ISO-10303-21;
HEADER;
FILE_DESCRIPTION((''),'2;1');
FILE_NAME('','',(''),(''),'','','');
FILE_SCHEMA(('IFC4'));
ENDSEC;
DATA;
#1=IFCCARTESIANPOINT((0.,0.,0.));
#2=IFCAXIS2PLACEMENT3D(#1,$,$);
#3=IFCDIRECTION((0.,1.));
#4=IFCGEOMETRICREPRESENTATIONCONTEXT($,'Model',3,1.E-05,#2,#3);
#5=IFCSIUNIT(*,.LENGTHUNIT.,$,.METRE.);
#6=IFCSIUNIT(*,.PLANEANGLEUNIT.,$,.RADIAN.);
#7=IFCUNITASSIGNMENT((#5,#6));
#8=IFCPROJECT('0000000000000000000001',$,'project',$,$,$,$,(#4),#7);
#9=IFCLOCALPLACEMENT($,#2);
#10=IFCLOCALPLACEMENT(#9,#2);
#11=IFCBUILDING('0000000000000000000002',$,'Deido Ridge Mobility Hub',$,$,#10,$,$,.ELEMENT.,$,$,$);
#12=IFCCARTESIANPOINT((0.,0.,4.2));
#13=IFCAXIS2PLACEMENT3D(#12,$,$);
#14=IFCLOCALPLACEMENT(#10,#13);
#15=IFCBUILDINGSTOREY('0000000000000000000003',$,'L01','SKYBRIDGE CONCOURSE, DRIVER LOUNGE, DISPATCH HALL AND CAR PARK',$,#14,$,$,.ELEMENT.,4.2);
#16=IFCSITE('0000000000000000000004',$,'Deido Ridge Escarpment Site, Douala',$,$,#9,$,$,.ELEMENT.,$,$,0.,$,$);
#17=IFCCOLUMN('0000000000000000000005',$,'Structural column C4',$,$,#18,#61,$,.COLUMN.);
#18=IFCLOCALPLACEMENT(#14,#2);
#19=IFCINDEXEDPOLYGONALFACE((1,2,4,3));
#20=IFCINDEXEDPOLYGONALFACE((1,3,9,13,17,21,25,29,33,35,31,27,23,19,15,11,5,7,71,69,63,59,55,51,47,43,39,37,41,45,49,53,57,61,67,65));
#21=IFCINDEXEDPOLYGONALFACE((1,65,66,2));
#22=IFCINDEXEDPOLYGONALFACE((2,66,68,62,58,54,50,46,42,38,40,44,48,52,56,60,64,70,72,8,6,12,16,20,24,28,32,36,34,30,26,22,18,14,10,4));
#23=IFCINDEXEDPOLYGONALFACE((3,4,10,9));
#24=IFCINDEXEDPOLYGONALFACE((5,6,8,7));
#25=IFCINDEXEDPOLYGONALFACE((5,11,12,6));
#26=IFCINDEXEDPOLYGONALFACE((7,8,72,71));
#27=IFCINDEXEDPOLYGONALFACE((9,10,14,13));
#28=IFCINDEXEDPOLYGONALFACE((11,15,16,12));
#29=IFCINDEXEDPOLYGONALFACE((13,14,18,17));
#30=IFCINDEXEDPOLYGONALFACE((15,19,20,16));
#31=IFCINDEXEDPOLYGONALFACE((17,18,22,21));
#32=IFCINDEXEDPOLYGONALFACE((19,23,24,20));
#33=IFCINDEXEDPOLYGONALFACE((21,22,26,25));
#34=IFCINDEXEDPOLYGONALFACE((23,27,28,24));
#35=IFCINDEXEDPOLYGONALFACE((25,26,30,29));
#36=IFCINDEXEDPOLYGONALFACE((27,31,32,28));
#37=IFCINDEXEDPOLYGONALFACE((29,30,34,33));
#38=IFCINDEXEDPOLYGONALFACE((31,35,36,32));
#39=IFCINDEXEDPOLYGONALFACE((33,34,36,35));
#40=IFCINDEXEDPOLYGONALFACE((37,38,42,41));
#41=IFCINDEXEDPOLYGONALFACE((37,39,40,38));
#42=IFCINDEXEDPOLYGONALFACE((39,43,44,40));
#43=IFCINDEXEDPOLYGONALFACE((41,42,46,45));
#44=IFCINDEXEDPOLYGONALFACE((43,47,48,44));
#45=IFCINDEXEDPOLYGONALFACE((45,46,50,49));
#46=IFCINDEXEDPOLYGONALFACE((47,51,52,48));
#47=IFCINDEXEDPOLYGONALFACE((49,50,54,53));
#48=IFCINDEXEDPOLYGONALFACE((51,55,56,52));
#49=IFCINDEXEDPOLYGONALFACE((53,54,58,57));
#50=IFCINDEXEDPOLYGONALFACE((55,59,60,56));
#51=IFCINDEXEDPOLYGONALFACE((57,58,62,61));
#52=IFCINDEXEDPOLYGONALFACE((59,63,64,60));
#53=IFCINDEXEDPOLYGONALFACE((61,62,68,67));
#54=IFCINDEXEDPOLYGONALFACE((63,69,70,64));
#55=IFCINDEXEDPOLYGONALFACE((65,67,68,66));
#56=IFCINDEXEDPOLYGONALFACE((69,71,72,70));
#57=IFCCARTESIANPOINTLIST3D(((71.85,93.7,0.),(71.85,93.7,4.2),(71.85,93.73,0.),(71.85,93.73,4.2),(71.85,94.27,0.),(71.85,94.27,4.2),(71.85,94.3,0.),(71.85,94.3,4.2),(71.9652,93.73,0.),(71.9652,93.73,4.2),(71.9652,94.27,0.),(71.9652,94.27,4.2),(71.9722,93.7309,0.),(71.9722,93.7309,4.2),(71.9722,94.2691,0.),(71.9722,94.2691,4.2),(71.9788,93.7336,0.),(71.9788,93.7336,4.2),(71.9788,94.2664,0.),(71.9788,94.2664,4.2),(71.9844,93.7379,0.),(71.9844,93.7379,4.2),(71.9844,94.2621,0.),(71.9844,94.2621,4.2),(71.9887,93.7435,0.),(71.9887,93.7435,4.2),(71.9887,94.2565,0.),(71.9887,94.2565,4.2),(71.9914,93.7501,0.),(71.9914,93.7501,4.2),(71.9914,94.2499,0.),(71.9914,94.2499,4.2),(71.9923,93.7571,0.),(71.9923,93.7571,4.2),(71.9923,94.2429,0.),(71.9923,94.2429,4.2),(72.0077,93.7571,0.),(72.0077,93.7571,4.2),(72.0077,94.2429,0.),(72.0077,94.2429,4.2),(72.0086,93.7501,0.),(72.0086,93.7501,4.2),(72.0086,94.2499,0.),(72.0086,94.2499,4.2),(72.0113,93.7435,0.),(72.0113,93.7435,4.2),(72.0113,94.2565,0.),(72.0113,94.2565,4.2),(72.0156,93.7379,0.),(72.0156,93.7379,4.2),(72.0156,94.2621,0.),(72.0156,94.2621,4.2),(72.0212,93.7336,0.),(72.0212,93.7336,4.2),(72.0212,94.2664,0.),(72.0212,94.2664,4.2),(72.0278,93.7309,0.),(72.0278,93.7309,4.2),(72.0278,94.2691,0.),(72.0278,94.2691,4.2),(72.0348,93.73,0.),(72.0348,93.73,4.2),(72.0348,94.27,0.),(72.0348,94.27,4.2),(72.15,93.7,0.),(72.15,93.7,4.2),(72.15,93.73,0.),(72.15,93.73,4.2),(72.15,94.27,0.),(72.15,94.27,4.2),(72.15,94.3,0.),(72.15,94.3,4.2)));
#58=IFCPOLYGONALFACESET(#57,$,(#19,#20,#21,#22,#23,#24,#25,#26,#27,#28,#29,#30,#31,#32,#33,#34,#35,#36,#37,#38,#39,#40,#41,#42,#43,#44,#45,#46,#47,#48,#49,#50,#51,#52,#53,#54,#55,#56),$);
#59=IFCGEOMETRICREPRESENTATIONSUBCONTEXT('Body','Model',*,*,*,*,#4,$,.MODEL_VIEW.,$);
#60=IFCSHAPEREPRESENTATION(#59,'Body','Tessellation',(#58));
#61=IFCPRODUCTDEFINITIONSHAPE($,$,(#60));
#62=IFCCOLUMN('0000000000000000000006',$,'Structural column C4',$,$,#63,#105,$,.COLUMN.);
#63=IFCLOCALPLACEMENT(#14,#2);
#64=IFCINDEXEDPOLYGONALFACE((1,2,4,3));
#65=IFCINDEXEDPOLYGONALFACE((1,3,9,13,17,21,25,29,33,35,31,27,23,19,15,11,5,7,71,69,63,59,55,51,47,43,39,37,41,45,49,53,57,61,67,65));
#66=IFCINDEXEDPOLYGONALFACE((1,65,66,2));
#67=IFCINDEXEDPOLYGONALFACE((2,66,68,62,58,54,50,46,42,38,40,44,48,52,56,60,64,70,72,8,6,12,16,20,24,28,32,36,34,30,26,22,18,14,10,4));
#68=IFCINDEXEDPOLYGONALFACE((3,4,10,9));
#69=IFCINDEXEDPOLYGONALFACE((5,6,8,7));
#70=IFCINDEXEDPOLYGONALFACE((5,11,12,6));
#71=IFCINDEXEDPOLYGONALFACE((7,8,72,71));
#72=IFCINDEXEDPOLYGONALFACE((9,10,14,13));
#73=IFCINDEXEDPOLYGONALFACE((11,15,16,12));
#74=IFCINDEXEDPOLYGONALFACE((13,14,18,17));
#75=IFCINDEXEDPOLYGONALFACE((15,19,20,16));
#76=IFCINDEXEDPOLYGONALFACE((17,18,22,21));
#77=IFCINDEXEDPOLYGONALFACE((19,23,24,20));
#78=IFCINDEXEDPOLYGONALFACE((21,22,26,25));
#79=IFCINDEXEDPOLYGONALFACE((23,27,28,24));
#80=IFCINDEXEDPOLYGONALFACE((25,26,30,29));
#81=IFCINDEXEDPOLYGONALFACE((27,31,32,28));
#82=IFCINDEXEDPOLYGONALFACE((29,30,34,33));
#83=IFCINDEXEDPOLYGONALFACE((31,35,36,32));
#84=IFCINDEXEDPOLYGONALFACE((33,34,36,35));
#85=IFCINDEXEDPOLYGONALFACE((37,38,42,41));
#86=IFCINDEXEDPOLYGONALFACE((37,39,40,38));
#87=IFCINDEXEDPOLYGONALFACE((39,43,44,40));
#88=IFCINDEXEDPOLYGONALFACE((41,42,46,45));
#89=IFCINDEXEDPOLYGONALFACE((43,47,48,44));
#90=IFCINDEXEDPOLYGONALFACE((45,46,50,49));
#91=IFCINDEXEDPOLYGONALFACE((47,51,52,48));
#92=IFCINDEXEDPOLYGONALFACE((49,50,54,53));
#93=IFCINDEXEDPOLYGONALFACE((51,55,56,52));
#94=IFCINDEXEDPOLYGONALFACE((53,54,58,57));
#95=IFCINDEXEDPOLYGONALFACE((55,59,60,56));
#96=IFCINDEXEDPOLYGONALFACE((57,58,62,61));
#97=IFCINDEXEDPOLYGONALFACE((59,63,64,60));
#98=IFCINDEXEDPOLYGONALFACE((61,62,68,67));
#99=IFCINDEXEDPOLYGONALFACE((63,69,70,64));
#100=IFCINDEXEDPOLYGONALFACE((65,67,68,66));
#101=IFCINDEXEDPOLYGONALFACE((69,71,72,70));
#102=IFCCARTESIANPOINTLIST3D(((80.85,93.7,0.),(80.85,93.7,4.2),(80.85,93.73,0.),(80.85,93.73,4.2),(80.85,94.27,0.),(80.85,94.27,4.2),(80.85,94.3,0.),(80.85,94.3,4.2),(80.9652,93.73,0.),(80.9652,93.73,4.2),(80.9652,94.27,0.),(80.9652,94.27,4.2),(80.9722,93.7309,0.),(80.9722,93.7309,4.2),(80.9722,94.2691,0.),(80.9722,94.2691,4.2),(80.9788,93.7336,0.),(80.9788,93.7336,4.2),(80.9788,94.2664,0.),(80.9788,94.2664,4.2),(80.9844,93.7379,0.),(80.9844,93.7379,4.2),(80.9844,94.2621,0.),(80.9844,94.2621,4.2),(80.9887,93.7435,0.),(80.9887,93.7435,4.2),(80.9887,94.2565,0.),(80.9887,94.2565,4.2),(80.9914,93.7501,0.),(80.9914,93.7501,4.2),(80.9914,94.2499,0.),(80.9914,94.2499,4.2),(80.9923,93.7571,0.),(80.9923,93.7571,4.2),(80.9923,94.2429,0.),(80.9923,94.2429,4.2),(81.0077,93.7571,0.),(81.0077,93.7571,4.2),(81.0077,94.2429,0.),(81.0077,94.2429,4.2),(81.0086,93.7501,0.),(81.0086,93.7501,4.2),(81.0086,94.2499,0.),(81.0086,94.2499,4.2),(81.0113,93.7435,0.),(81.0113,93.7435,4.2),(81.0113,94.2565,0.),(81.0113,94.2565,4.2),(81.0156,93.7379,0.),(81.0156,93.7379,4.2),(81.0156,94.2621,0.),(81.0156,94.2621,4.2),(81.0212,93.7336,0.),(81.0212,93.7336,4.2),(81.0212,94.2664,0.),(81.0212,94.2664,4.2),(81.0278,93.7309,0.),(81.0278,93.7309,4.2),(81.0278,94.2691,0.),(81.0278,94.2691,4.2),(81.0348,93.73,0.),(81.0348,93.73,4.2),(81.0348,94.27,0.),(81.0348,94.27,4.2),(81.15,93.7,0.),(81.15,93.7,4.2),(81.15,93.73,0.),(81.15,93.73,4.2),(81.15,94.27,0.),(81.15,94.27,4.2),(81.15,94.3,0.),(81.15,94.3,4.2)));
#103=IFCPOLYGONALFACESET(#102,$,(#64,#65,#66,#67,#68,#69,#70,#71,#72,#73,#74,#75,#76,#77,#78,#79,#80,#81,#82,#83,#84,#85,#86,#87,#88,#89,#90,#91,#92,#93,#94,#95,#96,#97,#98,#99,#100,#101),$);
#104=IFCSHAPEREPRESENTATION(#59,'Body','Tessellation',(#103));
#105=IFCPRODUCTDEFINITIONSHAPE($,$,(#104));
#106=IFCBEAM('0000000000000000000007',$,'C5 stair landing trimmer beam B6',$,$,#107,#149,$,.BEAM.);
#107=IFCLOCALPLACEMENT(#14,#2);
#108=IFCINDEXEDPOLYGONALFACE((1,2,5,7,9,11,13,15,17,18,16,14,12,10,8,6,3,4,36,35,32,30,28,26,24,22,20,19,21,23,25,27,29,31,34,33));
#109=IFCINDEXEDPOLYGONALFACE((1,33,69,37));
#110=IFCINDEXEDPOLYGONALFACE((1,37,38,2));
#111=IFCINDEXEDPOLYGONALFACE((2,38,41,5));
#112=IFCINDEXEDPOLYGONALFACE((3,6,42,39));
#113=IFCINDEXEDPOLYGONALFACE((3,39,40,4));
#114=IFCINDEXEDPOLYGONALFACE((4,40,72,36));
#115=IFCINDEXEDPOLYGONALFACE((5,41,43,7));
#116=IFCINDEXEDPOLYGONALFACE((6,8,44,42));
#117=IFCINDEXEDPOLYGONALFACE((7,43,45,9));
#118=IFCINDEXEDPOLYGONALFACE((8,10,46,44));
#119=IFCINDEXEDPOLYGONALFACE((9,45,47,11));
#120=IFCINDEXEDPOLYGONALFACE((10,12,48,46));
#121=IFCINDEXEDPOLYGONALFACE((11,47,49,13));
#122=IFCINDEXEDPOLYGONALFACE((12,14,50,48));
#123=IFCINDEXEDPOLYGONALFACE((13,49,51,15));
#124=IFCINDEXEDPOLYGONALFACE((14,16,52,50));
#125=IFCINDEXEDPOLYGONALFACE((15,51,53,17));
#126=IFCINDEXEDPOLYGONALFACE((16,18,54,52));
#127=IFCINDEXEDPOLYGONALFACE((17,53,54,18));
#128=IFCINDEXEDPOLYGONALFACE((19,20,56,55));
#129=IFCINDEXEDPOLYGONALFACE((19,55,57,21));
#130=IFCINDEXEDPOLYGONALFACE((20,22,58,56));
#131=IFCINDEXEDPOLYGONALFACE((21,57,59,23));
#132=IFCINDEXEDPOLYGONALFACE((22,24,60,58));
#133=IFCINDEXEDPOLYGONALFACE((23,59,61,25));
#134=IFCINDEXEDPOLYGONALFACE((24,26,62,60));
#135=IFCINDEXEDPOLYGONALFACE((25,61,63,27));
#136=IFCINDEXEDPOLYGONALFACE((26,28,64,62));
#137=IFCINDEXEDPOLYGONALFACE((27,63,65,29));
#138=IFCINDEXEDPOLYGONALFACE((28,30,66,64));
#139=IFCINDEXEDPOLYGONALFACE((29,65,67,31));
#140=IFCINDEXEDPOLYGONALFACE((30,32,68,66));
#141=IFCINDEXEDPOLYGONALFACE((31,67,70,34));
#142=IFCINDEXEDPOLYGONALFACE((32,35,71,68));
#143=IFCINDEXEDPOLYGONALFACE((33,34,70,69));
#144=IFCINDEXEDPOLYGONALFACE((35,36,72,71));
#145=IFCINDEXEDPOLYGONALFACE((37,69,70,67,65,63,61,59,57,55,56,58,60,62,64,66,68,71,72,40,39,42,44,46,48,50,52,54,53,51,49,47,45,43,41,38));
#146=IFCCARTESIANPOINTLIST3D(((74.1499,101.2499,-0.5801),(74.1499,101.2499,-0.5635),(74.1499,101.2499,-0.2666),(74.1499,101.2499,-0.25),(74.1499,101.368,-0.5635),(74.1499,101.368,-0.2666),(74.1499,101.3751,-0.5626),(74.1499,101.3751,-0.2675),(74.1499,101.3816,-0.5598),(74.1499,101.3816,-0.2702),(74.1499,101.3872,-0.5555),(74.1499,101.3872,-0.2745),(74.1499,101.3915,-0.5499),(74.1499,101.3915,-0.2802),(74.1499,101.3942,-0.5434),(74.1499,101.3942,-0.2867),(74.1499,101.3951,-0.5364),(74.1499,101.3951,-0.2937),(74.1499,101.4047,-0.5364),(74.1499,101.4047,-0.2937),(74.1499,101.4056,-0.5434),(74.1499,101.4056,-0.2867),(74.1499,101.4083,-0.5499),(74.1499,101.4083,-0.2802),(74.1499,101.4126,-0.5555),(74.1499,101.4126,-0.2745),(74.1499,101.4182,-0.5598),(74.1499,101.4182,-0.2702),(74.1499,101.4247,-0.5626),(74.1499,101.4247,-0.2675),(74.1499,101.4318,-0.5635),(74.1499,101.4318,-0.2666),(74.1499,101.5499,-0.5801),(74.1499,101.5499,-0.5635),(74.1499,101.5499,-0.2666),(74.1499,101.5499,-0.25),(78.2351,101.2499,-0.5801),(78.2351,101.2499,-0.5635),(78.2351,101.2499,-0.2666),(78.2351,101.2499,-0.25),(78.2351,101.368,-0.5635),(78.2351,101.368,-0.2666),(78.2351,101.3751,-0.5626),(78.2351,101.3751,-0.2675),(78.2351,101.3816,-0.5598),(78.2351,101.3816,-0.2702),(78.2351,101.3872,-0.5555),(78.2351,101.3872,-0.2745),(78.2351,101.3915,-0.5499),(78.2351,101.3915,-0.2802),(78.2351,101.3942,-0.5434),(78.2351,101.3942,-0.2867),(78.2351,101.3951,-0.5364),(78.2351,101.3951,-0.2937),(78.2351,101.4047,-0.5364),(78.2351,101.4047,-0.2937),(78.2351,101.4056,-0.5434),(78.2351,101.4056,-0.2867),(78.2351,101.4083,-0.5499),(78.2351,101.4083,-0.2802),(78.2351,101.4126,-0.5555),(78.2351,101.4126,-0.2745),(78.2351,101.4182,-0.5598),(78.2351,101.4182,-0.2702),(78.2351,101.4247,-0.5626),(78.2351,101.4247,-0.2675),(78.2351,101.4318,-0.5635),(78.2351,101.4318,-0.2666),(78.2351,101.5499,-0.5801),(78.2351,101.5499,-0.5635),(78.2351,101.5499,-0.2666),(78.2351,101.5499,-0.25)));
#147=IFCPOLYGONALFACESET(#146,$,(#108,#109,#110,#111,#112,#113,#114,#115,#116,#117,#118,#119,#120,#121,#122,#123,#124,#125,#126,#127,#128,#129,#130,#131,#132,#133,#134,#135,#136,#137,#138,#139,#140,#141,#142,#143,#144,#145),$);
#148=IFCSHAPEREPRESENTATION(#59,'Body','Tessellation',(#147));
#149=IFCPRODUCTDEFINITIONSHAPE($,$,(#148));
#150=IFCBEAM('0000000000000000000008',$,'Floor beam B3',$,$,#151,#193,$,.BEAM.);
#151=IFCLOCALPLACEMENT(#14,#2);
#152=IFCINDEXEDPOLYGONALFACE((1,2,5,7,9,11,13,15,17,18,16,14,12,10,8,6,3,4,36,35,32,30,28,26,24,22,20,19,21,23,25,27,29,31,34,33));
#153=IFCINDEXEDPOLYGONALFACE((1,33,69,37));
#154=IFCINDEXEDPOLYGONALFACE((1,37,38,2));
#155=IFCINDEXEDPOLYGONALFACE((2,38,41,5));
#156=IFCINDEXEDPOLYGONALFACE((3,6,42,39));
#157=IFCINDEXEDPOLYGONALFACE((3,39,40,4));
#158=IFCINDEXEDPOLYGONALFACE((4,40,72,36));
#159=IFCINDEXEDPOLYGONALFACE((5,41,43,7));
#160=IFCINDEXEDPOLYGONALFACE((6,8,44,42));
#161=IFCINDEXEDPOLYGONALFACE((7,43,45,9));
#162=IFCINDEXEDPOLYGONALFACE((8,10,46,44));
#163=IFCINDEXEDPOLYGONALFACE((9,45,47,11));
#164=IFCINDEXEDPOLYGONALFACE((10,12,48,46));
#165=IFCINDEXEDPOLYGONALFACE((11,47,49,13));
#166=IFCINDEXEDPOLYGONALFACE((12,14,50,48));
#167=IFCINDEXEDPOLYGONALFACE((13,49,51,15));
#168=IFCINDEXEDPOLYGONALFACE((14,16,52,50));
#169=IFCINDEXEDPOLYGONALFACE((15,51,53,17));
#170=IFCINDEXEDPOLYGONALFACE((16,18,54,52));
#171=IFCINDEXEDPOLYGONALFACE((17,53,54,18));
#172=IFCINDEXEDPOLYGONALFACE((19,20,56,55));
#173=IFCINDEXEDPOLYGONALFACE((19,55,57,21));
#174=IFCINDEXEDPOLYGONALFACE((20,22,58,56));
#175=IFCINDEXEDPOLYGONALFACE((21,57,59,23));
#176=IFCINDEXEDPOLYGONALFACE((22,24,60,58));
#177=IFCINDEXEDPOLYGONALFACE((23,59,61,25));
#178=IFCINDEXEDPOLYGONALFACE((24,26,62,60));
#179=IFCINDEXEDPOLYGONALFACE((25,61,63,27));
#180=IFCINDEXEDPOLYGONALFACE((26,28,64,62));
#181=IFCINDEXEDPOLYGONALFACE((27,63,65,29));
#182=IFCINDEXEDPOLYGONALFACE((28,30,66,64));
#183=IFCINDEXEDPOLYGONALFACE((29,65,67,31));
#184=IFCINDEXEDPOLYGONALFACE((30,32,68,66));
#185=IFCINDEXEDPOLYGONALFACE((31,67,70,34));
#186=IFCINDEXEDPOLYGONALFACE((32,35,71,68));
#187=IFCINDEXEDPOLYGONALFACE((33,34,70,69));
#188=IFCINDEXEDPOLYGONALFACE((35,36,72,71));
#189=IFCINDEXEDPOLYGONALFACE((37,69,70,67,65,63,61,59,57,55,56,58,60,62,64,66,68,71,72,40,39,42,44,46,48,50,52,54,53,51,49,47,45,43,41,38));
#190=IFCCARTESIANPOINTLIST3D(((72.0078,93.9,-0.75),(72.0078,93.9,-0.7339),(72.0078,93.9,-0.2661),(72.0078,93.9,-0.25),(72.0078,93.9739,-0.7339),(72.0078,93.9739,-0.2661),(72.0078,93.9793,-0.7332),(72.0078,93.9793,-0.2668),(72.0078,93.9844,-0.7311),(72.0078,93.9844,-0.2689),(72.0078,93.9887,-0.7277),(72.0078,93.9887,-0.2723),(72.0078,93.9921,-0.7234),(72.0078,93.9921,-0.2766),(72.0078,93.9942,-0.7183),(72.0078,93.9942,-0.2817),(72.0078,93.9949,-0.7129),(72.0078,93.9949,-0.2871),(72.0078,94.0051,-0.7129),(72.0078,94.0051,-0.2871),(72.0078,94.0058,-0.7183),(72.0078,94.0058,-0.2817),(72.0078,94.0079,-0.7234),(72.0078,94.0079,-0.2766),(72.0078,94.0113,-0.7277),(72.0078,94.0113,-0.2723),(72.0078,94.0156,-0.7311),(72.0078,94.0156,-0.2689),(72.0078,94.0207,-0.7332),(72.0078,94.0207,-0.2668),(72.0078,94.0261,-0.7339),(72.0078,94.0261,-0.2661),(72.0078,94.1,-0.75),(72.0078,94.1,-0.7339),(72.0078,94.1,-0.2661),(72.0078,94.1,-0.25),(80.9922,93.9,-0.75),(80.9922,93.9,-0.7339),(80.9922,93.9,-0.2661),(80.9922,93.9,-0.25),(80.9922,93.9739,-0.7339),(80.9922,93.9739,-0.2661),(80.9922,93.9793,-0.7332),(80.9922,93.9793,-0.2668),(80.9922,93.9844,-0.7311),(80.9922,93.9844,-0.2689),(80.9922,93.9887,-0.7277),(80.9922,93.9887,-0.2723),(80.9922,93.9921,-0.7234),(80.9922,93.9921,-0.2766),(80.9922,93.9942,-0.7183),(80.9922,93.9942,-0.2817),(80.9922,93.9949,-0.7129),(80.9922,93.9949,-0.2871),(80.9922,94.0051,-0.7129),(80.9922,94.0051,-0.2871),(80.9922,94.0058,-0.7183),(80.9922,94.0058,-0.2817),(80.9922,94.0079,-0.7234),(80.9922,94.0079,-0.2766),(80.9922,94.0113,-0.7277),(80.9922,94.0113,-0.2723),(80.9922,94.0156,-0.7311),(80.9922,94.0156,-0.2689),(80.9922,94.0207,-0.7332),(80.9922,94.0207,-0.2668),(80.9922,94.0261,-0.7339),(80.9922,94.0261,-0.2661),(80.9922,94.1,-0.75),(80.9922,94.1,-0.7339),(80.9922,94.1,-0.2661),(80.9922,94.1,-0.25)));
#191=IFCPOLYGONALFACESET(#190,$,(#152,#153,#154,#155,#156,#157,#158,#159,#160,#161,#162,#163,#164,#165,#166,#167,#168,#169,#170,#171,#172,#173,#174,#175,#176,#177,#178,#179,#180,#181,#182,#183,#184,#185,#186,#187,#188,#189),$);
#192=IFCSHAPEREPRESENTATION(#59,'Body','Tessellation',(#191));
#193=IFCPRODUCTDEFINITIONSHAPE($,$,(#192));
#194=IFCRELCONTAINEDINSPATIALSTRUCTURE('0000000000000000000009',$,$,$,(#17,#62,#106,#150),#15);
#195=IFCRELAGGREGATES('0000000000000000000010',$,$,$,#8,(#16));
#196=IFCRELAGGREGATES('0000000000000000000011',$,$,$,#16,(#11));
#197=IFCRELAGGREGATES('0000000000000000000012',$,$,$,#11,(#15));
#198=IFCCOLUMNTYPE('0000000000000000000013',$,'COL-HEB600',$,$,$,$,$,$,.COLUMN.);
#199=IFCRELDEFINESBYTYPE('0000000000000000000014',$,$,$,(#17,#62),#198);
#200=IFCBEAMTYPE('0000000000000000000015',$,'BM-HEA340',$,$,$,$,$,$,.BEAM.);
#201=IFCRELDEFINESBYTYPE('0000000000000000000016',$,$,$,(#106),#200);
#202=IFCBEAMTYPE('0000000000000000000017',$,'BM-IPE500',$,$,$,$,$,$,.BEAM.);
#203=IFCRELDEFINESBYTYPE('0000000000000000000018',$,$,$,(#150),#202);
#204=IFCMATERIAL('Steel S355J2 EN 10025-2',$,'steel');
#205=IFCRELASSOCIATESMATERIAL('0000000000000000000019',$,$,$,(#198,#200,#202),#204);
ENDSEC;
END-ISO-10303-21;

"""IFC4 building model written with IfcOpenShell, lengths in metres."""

from ifc_helpers import new_model, si_unit, direction, frame, origin, origin_2d, place, context, subcontext, project, spatial, i_section, extrude, material, material_profile, profile_set, type_object, element, save


model = new_model("IFC4")

# Units and contexts
model_context = context("Model", 3, precision=1e-05, world=origin(), true_north=direction((0.0, 1.0)))
body_context = subcontext(model_context, "Body", "Model", "MODEL_VIEW")
ifc_project = project(units=[si_unit("LENGTHUNIT", "METRE"), si_unit("PLANEANGLEUNIT", "RADIAN")], contexts=[model_context])

# Site, building, storey
site_placement = place(None, origin())
site = spatial("IfcSite", under=ifc_project, at=site_placement, Name="Deido Ridge Escarpment Site, Douala", CompositionType="ELEMENT", RefElevation=0.0)
building_placement = place(site_placement, origin())
building = spatial("IfcBuilding", under=site, at=building_placement, Name="Deido Ridge Mobility Hub", CompositionType="ELEMENT")
storey_placement = place(building_placement, frame((0.0, 0.0, 4.2)))
storey = spatial("IfcBuildingStorey", under=building, at=storey_placement, Name="L01", Description="SKYBRIDGE CONCOURSE, DRIVER LOUNGE, DISPATCH HALL AND CAR PARK", CompositionType="ELEMENT", Elevation=4.2)

# Columns
ifc_material_1 = material(Name="Steel S355J2 EN 10025-2", Category="steel")
ifc_material_profile_1 = material_profile(ifc_material_1, i_section(OverallWidth=0.3, OverallDepth=0.6001, WebThickness=0.0154, FlangeThickness=0.03, FilletRadius=0.0271, at=origin_2d()), Name="HEB 600")
ifc_profile_set_1 = profile_set([ifc_material_profile_1], Name="Steel S355J2 EN 10025-2")
column_type = type_object("IfcColumnType", Name="COL-HEB600", PredefinedType="COLUMN", material=ifc_profile_set_1)
for number, where, z_axis, x_axis, name in (
    (1, (72.0, 94.0, 0.0), (0.0, 0.0, 1.0), (1.0, 0.0, 0.0), "Structural column C4"),
    (2, (81.0, 94.0, 0.0), (0.0, 0.0, 1.0), (1.0, 0.0, 0.0), "Structural column C4"),
):
    element("IfcColumn", number, at=place(storey_placement, frame(where, z_axis=z_axis, x_axis=x_axis)), inside=storey, type_object=column_type, Name=name, PredefinedType="COLUMN", context=body_context, shape_type="SweptSolid", body=[
        extrude(i_section(OverallWidth=0.3, OverallDepth=0.6001, WebThickness=0.0154, FlangeThickness=0.03, FilletRadius=0.0271, at=origin_2d()), origin(), (0.0, 0.0, 1.0), 4.2),
    ])

# Beams
ifc_material_profile_2 = material_profile(ifc_material_1, i_section(OverallWidth=0.3, OverallDepth=0.3301, WebThickness=0.0095, FlangeThickness=0.0166, FilletRadius=0.0271, at=origin_2d()), Name="HEA 340")
ifc_profile_set_2 = profile_set([ifc_material_profile_2], Name="Steel S355J2 EN 10025-2")
beam_type_1 = type_object("IfcBeamType", Name="BM-HEA340", PredefinedType="BEAM", material=ifc_profile_set_2)
beam_1_placement = place(storey_placement, frame((74.1499, 101.3999, -0.415), z_axis=(1.0, 0.0, 0.0), x_axis=(0.0, 1.0, 0.0)))
element("IfcBeam", 3, at=beam_1_placement, inside=storey, type_object=beam_type_1, Name="C5 stair landing trimmer beam B6", PredefinedType="BEAM", context=body_context, shape_type="SweptSolid", body=[
    extrude(i_section(OverallWidth=0.3, OverallDepth=0.3301, WebThickness=0.0095, FlangeThickness=0.0166, FilletRadius=0.0271, at=origin_2d()), origin(), (0.0, 0.0, 1.0), 4.0852),
])
ifc_material_profile_3 = material_profile(ifc_material_1, i_section(OverallWidth=0.2, OverallDepth=0.5, WebThickness=0.0103, FlangeThickness=0.0161, FilletRadius=0.021, at=origin_2d()), Name="IPE 500")
ifc_profile_set_3 = profile_set([ifc_material_profile_3], Name="Steel S355J2 EN 10025-2")
beam_type_2 = type_object("IfcBeamType", Name="BM-IPE500", PredefinedType="BEAM", material=ifc_profile_set_3)
for number, where, z_axis, x_axis, name in (
    (4, (72.0078, 94.0, -0.5), (1.0, 0.0, 0.0), (0.0, 1.0, 0.0), "Floor beam B3"),
):
    element("IfcBeam", number, at=place(storey_placement, frame(where, z_axis=z_axis, x_axis=x_axis)), inside=storey, type_object=beam_type_2, Name=name, PredefinedType="BEAM", context=body_context, shape_type="SweptSolid", body=[
        extrude(i_section(OverallWidth=0.2, OverallDepth=0.5, WebThickness=0.0103, FlangeThickness=0.0161, FilletRadius=0.021, at=origin_2d()), origin(), (0.0, 0.0, 1.0), 8.9844),
    ])

save(model, "model.ifc")
